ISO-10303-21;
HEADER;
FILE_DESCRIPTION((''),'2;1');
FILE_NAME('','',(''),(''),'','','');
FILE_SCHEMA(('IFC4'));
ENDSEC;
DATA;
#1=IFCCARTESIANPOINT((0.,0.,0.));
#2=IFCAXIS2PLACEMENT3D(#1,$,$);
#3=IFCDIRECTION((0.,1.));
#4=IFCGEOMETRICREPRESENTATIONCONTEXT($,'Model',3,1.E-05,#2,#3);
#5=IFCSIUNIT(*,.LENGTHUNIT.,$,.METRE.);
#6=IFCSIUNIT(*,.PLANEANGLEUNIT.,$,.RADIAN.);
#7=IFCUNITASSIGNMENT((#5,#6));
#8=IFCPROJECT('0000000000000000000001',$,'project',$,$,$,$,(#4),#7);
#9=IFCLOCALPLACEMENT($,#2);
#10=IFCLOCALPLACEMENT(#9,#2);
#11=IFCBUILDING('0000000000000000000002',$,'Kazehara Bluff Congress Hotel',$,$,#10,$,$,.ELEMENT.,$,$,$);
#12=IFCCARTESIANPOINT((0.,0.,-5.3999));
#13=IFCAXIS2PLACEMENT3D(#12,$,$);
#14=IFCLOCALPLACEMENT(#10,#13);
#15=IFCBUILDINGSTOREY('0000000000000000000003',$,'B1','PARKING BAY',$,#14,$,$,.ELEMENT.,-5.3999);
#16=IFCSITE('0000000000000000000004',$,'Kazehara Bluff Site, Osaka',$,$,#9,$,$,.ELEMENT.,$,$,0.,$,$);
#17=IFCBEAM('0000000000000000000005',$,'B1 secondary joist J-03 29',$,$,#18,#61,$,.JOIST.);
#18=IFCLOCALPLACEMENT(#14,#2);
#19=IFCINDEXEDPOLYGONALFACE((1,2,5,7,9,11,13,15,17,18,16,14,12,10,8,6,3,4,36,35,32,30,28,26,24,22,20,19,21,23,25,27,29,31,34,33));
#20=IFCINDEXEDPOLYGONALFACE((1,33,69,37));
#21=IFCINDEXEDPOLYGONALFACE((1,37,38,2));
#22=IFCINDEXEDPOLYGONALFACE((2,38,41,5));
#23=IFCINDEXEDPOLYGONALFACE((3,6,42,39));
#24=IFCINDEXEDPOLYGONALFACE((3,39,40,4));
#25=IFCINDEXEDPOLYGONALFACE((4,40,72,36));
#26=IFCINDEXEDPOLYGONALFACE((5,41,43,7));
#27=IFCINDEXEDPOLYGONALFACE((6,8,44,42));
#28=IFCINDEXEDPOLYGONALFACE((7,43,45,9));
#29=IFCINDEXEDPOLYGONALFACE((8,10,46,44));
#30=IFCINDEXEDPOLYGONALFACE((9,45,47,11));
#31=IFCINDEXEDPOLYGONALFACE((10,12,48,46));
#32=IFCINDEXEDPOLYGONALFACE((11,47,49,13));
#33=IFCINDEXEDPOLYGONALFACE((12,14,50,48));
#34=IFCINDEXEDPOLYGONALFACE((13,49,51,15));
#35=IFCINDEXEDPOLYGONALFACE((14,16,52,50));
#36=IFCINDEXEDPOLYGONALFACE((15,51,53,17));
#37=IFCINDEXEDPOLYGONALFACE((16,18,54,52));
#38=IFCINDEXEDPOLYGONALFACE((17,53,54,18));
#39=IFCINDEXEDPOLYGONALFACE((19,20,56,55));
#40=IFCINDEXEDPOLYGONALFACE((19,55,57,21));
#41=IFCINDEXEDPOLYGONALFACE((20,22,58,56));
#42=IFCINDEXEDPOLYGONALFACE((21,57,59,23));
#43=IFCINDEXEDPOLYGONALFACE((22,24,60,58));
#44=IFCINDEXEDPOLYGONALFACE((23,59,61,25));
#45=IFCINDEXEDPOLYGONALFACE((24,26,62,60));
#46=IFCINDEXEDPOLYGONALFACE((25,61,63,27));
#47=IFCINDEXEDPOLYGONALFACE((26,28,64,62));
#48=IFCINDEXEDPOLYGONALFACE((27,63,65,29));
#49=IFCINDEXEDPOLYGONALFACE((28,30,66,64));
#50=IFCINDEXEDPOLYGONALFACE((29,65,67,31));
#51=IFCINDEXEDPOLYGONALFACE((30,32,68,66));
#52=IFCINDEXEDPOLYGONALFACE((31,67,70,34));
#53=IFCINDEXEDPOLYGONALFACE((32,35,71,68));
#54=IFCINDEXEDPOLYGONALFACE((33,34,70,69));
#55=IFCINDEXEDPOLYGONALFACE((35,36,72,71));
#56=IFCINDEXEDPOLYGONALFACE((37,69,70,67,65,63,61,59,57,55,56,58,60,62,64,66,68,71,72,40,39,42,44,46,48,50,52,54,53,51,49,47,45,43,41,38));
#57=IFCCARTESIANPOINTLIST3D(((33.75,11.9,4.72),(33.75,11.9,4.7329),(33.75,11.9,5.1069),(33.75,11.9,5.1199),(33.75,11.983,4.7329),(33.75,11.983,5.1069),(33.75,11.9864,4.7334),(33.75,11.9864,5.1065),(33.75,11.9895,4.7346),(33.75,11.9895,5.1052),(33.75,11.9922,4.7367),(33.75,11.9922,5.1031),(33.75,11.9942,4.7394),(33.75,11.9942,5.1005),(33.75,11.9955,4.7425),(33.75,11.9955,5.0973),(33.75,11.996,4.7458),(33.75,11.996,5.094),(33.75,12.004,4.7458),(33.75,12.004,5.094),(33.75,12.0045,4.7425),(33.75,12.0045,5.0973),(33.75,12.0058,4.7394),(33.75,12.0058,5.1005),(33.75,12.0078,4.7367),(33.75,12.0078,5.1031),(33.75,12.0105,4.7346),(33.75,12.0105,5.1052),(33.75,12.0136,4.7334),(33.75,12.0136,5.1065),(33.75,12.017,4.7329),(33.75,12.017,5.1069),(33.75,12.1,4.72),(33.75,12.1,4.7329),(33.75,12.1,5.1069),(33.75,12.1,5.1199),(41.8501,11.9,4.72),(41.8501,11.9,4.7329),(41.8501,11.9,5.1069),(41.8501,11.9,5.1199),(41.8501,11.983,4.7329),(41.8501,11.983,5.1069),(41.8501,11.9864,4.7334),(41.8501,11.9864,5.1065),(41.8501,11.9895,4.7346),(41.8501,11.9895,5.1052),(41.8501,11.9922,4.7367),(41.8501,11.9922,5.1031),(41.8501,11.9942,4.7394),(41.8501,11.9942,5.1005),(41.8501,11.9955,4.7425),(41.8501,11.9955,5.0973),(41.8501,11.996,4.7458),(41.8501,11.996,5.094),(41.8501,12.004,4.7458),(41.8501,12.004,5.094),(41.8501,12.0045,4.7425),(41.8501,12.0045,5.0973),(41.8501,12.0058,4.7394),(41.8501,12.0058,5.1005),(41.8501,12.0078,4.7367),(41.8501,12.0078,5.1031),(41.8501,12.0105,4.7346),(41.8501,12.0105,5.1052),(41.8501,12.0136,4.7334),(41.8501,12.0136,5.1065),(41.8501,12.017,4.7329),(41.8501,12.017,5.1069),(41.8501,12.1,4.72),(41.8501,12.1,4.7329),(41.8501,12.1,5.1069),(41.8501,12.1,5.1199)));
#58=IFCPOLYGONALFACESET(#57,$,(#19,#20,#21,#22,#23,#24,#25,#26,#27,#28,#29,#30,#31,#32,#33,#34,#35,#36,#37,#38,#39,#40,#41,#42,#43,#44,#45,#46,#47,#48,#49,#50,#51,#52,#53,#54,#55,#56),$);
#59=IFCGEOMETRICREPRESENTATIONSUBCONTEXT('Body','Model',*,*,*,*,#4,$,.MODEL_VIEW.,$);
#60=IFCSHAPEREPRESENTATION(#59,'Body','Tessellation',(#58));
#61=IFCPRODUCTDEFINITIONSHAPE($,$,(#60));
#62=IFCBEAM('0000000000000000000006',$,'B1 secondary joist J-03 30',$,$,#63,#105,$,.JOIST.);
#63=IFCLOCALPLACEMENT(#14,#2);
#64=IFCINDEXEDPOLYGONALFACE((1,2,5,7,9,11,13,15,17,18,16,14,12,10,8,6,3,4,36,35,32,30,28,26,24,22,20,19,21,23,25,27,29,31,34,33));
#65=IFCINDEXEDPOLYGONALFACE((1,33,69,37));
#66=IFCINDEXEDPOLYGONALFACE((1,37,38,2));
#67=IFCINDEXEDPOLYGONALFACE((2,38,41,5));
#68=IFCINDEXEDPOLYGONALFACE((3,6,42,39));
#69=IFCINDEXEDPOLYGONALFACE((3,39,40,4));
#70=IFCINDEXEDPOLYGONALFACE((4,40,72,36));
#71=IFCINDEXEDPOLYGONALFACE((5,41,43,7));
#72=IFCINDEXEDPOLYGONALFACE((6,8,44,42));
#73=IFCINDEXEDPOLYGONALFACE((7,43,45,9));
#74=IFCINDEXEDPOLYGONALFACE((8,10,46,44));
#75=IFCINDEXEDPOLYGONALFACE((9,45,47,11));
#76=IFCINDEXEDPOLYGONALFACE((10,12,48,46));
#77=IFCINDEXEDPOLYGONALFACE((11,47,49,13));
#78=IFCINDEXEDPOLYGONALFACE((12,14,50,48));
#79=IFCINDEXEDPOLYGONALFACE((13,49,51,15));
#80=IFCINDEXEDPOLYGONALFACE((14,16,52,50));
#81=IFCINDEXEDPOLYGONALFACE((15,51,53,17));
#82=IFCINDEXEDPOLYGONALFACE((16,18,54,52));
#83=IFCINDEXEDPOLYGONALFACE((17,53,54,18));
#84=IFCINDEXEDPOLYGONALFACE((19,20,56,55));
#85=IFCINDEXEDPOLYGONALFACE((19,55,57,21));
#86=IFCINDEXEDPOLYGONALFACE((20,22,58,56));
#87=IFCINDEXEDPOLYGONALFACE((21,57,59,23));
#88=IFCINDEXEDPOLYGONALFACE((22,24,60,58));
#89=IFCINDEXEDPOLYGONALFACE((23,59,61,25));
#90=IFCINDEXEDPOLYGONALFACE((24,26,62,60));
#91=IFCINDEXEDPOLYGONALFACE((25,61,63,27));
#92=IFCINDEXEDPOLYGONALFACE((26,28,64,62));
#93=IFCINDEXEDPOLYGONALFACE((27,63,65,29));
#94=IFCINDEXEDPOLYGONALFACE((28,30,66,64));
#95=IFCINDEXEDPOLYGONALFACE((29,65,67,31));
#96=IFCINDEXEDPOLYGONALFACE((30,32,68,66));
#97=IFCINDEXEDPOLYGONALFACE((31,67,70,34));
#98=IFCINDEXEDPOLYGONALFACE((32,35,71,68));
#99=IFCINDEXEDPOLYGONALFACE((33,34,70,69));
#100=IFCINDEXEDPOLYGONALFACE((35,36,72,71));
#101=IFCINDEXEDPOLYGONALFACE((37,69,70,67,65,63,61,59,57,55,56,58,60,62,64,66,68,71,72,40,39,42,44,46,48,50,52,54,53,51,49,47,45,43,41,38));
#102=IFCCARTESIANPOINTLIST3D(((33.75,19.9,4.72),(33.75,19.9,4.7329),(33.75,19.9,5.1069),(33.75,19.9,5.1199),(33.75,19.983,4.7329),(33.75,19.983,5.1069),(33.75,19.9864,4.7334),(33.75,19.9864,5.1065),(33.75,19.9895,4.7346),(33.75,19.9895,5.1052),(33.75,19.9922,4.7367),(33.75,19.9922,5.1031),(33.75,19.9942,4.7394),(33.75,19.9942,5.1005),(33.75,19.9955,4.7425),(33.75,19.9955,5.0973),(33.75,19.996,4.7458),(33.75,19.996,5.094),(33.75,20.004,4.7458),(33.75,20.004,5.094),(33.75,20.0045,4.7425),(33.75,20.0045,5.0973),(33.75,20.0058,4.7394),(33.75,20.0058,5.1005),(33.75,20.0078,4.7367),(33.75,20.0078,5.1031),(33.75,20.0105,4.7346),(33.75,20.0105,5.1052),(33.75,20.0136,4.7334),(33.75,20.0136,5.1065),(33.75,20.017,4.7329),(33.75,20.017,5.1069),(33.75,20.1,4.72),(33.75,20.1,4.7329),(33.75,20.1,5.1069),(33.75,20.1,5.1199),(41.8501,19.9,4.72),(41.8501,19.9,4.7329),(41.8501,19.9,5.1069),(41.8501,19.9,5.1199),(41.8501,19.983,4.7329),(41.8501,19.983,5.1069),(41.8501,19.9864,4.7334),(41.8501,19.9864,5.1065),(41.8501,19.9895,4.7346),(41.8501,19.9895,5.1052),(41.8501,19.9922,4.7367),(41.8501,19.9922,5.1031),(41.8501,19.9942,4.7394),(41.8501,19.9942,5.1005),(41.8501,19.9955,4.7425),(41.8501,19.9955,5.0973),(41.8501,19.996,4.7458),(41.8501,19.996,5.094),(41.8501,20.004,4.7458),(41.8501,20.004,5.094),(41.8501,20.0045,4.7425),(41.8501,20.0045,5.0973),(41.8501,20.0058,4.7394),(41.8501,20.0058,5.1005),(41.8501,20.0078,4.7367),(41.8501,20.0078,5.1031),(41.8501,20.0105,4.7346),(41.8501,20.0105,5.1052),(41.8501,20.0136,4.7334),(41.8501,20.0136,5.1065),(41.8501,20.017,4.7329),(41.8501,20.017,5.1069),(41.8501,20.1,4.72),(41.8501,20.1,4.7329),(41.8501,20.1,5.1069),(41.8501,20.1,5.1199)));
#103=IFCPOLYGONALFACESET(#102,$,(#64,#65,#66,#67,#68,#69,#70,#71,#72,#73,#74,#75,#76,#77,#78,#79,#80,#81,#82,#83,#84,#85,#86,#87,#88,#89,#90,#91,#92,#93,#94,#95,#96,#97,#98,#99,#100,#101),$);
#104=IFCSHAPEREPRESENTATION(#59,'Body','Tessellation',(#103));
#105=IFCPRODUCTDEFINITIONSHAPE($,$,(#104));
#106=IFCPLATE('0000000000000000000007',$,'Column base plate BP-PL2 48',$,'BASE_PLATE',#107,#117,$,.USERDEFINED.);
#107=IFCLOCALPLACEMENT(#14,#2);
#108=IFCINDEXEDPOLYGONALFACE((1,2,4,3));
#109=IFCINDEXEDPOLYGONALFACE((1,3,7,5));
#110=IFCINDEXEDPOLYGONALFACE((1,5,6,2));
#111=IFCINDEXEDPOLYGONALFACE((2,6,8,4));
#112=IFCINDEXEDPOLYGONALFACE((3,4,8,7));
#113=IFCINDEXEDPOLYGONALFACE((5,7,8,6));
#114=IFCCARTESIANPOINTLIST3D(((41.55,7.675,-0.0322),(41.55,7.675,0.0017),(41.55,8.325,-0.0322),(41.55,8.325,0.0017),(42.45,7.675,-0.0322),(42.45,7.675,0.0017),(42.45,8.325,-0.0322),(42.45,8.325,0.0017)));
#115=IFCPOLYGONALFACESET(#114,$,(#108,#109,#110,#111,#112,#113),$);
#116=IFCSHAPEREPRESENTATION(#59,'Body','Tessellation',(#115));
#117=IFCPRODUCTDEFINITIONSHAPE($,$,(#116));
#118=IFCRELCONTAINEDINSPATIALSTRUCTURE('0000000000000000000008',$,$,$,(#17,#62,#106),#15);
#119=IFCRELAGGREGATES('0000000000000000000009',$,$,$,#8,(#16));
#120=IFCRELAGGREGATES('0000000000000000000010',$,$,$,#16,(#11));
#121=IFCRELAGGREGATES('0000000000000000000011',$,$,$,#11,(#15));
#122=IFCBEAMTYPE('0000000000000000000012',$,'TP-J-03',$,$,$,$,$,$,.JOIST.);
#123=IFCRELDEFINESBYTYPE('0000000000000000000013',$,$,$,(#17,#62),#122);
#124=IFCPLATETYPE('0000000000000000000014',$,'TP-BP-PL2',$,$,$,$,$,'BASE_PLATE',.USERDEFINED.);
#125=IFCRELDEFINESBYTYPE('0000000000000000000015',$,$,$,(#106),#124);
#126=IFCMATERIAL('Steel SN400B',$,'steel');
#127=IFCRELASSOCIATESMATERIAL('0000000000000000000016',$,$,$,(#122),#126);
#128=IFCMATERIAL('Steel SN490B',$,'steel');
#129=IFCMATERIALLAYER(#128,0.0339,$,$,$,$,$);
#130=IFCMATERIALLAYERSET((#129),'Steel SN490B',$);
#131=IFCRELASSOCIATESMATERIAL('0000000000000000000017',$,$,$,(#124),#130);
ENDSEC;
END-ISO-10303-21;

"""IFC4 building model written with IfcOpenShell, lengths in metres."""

from ifc_helpers import new_model, si_unit, direction, frame, origin, origin_2d, place, context, subcontext, project, spatial, rectangle, i_section, extrude, material, layer, layer_set, material_profile, profile_set, type_object, element, save


model = new_model("IFC4")

# Units and contexts
model_context = context("Model", 3, precision=1e-05, world=origin(), true_north=direction((0.0, 1.0)))
body_context = subcontext(model_context, "Body", "Model", "MODEL_VIEW")
ifc_project = project(units=[si_unit("LENGTHUNIT", "METRE"), si_unit("PLANEANGLEUNIT", "RADIAN")], contexts=[model_context])

# Site, building, storey
site_placement = place(None, origin())
site = spatial("IfcSite", under=ifc_project, at=site_placement, Name="Kazehara Bluff Site, Osaka", CompositionType="ELEMENT", RefElevation=0.0)
building_placement = place(site_placement, origin())
building = spatial("IfcBuilding", under=site, at=building_placement, Name="Kazehara Bluff Congress Hotel", CompositionType="ELEMENT")
storey_placement = place(building_placement, frame((0.0, 0.0, -5.3999)))
storey = spatial("IfcBuildingStorey", under=building, at=storey_placement, Name="B1", Description="PARKING BAY", CompositionType="ELEMENT", Elevation=-5.3999)

# Beams
ifc_material_1 = material(Name="Steel SN400B", Category="steel")
ifc_material_profile_1 = material_profile(ifc_material_1, i_section(OverallWidth=0.2, OverallDepth=0.3999, WebThickness=0.0081, FlangeThickness=0.0129, FilletRadius=0.0129, at=origin_2d()))
ifc_profile_set_1 = profile_set([ifc_material_profile_1], Name="Steel SN400B")
beam_type_1 = type_object("IfcBeamType", Name="TP-J-03", PredefinedType="JOIST", material=ifc_profile_set_1)
for number, where, z_axis, x_axis, name in (
    (1, (33.75, 12.0, 4.9199), (1.0, 0.0, 0.0), (0.0, 1.0, 0.0), "B1 secondary joist J-03 29"),
    (2, (33.75, 20.0, 4.9199), (1.0, 0.0, 0.0), (0.0, 1.0, 0.0), "B1 secondary joist J-03 30"),
):
    element("IfcBeam", number, at=place(storey_placement, frame(where, z_axis=z_axis, x_axis=x_axis)), inside=storey, type_object=beam_type_1, Name=name, PredefinedType="JOIST", context=body_context, shape_type="SweptSolid", body=[
        extrude(i_section(OverallWidth=0.2, OverallDepth=0.3999, WebThickness=0.0081, FlangeThickness=0.0129, FilletRadius=0.0129, at=origin_2d()), origin(), (0.0, 0.0, 1.0), 8.1001),
    ])

# Plate
ifc_material_2 = material(Name="Steel SN490B", Category="steel")
ifc_layer_1 = layer(ifc_material_2, 0.0339)
ifc_layer_set_1 = layer_set([ifc_layer_1], Name="Steel SN490B")
plate_type = type_object("IfcPlateType", Name="TP-BP-PL2", ElementType="BASE_PLATE", PredefinedType="USERDEFINED", material=ifc_layer_set_1)
plate_placement = place(storey_placement, frame((42.0, 8.0, -0.0322), z_axis=(0.0, 0.0, 1.0), x_axis=(1.0, 0.0, 0.0)))
element("IfcPlate", 3, at=plate_placement, inside=storey, type_object=plate_type, Name="Column base plate BP-PL2 48", ObjectType="BASE_PLATE", PredefinedType="USERDEFINED", context=body_context, shape_type="SweptSolid", body=[
    extrude(rectangle(XDim=0.8999, YDim=0.6499, at=origin_2d()), origin(), (0.0, 0.0, 1.0), 0.0339),
])

save(model, "model.ifc")
